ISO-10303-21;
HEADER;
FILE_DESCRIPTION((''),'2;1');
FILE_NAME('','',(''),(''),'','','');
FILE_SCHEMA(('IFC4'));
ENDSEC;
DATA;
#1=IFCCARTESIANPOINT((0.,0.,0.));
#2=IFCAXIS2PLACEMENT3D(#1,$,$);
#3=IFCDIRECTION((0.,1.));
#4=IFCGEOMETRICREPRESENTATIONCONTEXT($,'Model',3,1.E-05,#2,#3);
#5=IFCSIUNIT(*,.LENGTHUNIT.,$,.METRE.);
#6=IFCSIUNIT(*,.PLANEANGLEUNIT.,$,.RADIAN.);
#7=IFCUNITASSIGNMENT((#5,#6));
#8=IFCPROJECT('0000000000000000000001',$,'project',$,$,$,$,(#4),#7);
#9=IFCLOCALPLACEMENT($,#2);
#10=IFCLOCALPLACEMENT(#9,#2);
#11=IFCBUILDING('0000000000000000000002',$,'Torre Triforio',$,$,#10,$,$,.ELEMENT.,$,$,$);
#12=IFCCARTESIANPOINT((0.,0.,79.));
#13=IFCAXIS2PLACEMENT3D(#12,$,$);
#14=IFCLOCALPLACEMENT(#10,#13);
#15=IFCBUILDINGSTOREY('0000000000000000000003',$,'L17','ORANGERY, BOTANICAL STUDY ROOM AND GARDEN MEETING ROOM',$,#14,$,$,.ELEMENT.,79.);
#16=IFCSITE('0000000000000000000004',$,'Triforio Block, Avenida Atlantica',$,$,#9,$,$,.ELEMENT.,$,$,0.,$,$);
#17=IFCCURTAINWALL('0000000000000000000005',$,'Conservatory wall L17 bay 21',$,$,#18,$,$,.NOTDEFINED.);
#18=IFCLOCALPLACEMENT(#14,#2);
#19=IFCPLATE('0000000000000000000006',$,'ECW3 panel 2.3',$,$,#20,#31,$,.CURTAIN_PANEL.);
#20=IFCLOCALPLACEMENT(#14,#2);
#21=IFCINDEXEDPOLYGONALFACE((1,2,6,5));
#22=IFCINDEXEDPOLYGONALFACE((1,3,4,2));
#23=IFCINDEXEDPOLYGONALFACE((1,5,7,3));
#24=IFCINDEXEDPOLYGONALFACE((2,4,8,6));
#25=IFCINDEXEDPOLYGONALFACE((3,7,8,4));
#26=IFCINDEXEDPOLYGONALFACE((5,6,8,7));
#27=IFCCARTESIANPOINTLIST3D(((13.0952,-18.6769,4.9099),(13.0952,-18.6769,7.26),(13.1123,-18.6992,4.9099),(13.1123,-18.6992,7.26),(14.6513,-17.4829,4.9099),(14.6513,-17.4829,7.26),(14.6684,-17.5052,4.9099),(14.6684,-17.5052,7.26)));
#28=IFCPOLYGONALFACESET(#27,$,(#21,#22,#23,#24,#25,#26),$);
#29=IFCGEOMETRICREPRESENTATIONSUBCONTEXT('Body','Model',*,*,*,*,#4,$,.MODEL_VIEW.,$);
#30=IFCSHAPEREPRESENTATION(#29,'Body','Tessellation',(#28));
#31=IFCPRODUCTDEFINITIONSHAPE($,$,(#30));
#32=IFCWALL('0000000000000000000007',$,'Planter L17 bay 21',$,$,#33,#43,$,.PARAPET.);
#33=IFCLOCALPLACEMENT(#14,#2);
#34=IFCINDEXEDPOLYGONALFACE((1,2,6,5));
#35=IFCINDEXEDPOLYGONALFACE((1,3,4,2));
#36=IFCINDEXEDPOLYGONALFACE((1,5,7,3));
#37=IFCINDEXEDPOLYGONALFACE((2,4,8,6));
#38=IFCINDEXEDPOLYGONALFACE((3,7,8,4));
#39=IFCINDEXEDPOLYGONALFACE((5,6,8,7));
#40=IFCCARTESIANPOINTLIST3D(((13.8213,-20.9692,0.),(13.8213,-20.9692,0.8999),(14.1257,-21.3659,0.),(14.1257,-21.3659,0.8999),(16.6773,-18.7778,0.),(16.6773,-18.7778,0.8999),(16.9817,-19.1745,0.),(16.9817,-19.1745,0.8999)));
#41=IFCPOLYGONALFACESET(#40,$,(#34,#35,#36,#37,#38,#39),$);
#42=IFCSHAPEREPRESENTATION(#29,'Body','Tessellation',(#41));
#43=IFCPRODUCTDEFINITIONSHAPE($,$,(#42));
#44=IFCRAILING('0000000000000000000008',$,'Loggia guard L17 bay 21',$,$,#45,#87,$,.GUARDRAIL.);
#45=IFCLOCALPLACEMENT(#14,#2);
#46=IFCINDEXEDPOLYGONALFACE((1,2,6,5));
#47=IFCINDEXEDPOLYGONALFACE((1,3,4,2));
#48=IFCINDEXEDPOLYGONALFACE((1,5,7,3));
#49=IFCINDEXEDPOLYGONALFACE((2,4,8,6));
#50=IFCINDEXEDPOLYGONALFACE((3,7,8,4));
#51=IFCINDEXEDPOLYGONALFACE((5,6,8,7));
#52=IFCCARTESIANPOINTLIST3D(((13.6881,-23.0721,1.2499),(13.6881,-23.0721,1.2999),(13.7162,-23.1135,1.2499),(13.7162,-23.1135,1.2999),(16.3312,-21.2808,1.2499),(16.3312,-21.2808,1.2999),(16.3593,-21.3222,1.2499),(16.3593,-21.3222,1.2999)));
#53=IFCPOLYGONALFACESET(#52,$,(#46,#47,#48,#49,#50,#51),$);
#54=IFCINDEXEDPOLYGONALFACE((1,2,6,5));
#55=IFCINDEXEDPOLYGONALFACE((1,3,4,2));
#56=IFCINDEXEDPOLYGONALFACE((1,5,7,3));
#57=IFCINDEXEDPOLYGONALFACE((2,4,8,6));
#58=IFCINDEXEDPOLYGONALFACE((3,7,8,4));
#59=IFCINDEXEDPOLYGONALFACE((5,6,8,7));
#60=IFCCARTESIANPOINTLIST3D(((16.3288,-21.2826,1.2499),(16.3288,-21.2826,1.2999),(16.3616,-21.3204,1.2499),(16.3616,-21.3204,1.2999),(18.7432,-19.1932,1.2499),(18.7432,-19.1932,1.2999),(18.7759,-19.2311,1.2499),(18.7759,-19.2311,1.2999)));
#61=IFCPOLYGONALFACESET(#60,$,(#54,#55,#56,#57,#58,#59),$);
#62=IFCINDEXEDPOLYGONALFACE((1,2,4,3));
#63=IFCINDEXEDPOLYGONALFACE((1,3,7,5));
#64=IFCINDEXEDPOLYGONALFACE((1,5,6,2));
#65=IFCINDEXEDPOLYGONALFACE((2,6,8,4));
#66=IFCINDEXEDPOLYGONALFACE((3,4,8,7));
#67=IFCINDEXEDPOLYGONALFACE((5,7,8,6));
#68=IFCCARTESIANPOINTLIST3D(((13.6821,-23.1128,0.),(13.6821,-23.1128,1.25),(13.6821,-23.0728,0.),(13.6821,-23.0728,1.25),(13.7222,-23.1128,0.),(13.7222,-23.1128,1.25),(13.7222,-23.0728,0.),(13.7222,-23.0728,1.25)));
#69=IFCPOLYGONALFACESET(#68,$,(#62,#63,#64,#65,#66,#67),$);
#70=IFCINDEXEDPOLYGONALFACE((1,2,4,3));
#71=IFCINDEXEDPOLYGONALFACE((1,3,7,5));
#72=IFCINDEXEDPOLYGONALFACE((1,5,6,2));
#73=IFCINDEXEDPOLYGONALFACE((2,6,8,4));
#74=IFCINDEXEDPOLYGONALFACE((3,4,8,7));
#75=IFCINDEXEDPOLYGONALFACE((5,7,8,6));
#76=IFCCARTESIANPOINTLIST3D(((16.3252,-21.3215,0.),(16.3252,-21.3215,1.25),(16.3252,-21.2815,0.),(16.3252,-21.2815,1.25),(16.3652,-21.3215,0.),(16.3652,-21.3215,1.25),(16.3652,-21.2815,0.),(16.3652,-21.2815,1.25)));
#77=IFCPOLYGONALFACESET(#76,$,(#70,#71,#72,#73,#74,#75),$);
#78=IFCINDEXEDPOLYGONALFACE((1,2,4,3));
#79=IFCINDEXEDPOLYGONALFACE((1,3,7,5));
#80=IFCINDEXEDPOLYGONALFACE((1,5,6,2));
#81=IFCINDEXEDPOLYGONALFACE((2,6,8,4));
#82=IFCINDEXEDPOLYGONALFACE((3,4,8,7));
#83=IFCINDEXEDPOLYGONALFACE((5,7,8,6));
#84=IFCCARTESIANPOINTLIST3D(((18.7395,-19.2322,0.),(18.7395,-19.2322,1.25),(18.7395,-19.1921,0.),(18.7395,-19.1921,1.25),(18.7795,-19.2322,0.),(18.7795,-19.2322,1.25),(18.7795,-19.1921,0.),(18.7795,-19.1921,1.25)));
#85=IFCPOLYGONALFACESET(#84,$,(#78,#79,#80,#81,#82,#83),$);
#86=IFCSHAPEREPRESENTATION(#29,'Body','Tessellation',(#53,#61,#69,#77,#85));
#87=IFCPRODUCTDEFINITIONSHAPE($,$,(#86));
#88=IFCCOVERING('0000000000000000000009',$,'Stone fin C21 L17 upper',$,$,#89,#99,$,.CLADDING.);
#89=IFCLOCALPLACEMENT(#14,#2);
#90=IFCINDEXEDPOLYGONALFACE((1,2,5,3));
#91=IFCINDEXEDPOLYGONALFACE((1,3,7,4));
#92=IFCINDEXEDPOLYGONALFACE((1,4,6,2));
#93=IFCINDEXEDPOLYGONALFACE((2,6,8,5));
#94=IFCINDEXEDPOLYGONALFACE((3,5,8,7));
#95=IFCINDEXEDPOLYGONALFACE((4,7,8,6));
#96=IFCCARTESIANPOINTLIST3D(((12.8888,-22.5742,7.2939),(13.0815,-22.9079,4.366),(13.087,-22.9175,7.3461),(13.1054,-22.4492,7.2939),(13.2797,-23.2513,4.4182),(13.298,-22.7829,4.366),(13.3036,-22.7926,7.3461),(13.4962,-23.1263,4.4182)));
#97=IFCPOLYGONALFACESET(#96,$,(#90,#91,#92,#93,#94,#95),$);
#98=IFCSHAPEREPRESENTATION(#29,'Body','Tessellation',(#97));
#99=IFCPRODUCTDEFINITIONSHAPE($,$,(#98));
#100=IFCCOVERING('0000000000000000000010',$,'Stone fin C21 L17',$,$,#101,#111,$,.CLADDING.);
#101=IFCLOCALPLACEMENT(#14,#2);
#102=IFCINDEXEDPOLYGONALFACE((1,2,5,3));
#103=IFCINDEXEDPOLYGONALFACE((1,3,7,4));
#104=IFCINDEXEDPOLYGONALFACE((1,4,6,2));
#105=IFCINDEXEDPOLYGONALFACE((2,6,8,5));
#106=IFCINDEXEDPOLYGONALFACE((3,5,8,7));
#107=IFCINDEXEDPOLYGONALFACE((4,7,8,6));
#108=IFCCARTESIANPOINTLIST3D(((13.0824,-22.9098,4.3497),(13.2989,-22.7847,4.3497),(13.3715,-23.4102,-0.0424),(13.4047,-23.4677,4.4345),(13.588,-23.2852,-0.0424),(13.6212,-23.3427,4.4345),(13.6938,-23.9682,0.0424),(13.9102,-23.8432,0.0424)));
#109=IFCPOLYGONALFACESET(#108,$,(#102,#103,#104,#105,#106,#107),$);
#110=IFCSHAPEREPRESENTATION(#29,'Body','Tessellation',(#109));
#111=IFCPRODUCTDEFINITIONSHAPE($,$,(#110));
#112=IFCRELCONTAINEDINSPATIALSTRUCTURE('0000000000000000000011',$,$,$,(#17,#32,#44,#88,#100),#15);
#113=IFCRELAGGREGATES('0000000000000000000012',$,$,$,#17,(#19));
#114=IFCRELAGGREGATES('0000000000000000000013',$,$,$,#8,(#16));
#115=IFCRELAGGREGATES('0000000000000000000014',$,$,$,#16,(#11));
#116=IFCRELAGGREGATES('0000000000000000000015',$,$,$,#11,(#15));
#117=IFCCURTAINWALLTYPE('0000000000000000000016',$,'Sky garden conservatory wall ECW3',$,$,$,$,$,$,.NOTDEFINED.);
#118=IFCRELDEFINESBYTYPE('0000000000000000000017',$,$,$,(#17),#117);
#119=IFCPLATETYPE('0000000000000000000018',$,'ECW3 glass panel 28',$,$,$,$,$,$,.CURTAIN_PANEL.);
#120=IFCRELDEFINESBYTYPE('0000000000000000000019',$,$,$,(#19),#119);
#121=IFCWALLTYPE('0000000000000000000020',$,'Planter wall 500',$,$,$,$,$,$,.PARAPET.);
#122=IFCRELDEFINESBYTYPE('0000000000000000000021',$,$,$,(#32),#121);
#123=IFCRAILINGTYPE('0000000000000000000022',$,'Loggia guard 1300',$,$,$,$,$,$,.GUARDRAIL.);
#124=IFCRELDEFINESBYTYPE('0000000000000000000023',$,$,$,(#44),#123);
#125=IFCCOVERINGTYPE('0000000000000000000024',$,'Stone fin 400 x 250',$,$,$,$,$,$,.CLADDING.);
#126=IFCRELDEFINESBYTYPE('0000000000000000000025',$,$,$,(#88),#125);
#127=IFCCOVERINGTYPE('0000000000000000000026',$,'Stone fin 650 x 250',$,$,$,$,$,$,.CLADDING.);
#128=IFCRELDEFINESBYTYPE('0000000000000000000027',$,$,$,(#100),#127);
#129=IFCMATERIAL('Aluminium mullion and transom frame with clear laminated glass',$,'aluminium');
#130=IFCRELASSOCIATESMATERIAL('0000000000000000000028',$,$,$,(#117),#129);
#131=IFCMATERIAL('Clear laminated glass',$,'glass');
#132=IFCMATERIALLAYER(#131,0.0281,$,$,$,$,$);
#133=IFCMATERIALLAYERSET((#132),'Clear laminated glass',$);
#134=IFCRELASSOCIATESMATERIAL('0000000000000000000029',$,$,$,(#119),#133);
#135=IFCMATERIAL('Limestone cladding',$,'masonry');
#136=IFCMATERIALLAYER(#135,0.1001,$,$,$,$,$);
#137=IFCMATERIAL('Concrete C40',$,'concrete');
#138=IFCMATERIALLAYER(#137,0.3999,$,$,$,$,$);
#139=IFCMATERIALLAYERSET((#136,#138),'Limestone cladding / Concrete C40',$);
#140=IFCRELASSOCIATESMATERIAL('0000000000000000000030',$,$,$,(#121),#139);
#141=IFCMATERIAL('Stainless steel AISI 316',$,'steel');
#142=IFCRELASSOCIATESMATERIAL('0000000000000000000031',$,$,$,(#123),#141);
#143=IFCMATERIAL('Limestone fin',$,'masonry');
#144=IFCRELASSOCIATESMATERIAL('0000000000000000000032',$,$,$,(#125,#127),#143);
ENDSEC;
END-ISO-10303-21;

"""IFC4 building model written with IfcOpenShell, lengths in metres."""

from ifc_helpers import new_model, si_unit, direction, frame, frame_2d, origin, origin_2d, place, context, subcontext, project, spatial, rectangle, extrude, material, layer, layer_set, material_profile, profile_set, type_object, element, aggregate, save


model = new_model("IFC4")

# Units and contexts
model_context = context("Model", 3, precision=1e-05, world=origin(), true_north=direction((0.0, 1.0)))
body_context = subcontext(model_context, "Body", "Model", "MODEL_VIEW")
ifc_project = project(units=[si_unit("LENGTHUNIT", "METRE"), si_unit("PLANEANGLEUNIT", "RADIAN")], contexts=[model_context])

# Site, building, storey
site_placement = place(None, origin())
site = spatial("IfcSite", under=ifc_project, at=site_placement, Name="Triforio Block, Avenida Atlantica", CompositionType="ELEMENT", RefElevation=0.0)
building_placement = place(site_placement, origin())
building = spatial("IfcBuilding", under=site, at=building_placement, Name="Torre Triforio", CompositionType="ELEMENT")
storey_placement = place(building_placement, frame((0.0, 0.0, 79.0)))
storey = spatial("IfcBuildingStorey", under=building, at=storey_placement, Name="L17", Description="ORANGERY, BOTANICAL STUDY ROOM AND GARDEN MEETING ROOM", CompositionType="ELEMENT", Elevation=79.0)

# Curtain wall
ifc_material_1 = material(Name="Aluminium mullion and transom frame with clear laminated glass", Category="aluminium")
curtain_wall_type = type_object("IfcCurtainWallType", Name="Sky garden conservatory wall ECW3", PredefinedType="NOTDEFINED", material=ifc_material_1)
curtain_wall_placement = place(storey_placement, origin())
curtain_wall = element("IfcCurtainWall", 1, at=curtain_wall_placement, inside=storey, type_object=curtain_wall_type, Name="Conservatory wall L17 bay 21", PredefinedType="NOTDEFINED")

# Plate
ifc_material_2 = material(Name="Clear laminated glass", Category="glass")
ifc_layer_1 = layer(ifc_material_2, 0.0281)
ifc_layer_set_1 = layer_set([ifc_layer_1], Name="Clear laminated glass")
plate_type = type_object("IfcPlateType", Name="ECW3 glass panel 28", PredefinedType="CURTAIN_PANEL", material=ifc_layer_set_1)
plate_1_placement = place(storey_placement, frame((13.8818, -18.0911, 4.9099), z_axis=(0.0, 0.0, 1.0), x_axis=(0.79336, 0.608752, 0.0)))
plate_1 = element("IfcPlate", 2, at=plate_1_placement, type_object=plate_type, Name="ECW3 panel 2.3", PredefinedType="CURTAIN_PANEL", context=body_context, shape_type="SweptSolid", body=[
    extrude(rectangle(XDim=1.9614, YDim=0.0281, at=origin_2d()), origin(), (0.0, 0.0, 1.0), 2.3501),
])
aggregate(curtain_wall, [plate_1])

# Wall
ifc_material_3 = material(Name="Limestone cladding", Category="masonry")
ifc_layer_2 = layer(ifc_material_3, 0.1001)
ifc_material_4 = material(Name="Concrete C40", Category="concrete")
ifc_layer_3 = layer(ifc_material_4, 0.3999)
ifc_layer_set_2 = layer_set([ifc_layer_2, ifc_layer_3], Name="Limestone cladding / Concrete C40")
wall_type = type_object("IfcWallType", Name="Planter wall 500", PredefinedType="PARAPET", material=ifc_layer_set_2)
wall_placement = place(storey_placement, frame((13.9736, -21.1675, 0.0), z_axis=(0.0, 0.0, 1.0), x_axis=(0.79336, 0.608753, 0.0)))
element("IfcWall", 3, at=wall_placement, inside=storey, type_object=wall_type, Name="Planter L17 bay 21", PredefinedType="PARAPET", context=body_context, shape_type="SweptSolid", body=[
    extrude(rectangle(XDim=3.5999, YDim=0.5, at=frame_2d((1.7998, 0.0))), origin(), (0.0, 0.0, 1.0), 0.8999),
])

# Railing
ifc_material_5 = material(Name="Stainless steel AISI 316", Category="steel")
railing_type = type_object("IfcRailingType", Name="Loggia guard 1300", PredefinedType="GUARDRAIL", material=ifc_material_5)
railing_placement = place(storey_placement, frame((13.7021, -23.0928, 0.0)))
element("IfcRailing", 4, at=railing_placement, inside=storey, type_object=railing_type, Name="Loggia guard L17 bay 21", PredefinedType="GUARDRAIL", context=body_context, shape_type="SweptSolid", body=[
    extrude(rectangle(XDim=0.05, YDim=0.05, at=origin_2d()), frame((0.0, 0.0, 1.2749), z_axis=(0.827803, 0.561019, 0.0), x_axis=(-0.561019, 0.827803, 0.0)), (0.0, 0.0, 1.0), 3.1929),
    extrude(rectangle(XDim=0.05, YDim=0.05, at=origin_2d()), frame((2.6431, 1.7913, 1.2749), z_axis=(0.756161, 0.654386, 0.0), x_axis=(-0.654386, 0.756161, 0.0)), (0.0, 0.0, 1.0), 3.1929),
    extrude(rectangle(XDim=0.04, YDim=0.04, at=origin_2d()), origin(), (0.0, 0.0, 1.0), 1.25),
    extrude(rectangle(XDim=0.04, YDim=0.04, at=origin_2d()), frame((2.6431, 1.7913, 0.0)), (0.0, 0.0, 1.0), 1.25),
    extrude(rectangle(XDim=0.04, YDim=0.04, at=origin_2d()), frame((5.0574, 3.8806, 0.0)), (0.0, 0.0, 1.0), 1.25),
])

# Coverings
ifc_material_6 = material(Name="Limestone fin", Category="masonry")
ifc_material_profile_1 = material_profile(ifc_material_6, rectangle(XDim=0.3999, YDim=0.25, at=origin_2d()), Name="FIN 400x250")
ifc_profile_set_1 = profile_set([ifc_material_profile_1], Name="Limestone fin")
covering_type_1 = type_object("IfcCoveringType", Name="Stone fin 400 x 250", PredefinedType="CLADDING", material=ifc_profile_set_1)
covering_1_placement = place(storey_placement, frame((13.2888, -23.0171, 4.3921), z_axis=(-0.065226, 0.113009, 0.991451), x_axis=(0.495613, -0.858686, 0.130481)))
element("IfcCovering", 5, at=covering_1_placement, inside=storey, type_object=covering_type_1, Name="Stone fin C21 L17 upper", PredefinedType="CLADDING", context=body_context, shape_type="SweptSolid", body=[
    extrude(rectangle(XDim=0.3999, YDim=0.25, at=origin_2d()), origin(), (0.0, 0.0, 1.0), 2.9531),
])
ifc_material_profile_2 = material_profile(ifc_material_6, rectangle(XDim=0.6499, YDim=0.25, at=origin_2d()), Name="FIN 650x250")
ifc_profile_set_2 = profile_set([ifc_material_profile_2], Name="Limestone fin")
covering_type_2 = type_object("IfcCoveringType", Name="Stone fin 650 x 250", PredefinedType="CLADDING", material=ifc_profile_set_2)
covering_2_placement = place(storey_placement, frame((13.6409, -23.6267, 0.0), z_axis=(-0.065252, 0.112978, 0.991453), x_axis=(0.495862, -0.858545, 0.130468)))
element("IfcCovering", 6, at=covering_2_placement, inside=storey, type_object=covering_type_2, Name="Stone fin C21 L17", PredefinedType="CLADDING", context=body_context, shape_type="SweptSolid", body=[
    extrude(rectangle(XDim=0.6499, YDim=0.25, at=origin_2d()), origin(), (0.0, 0.0, 1.0), 4.4299),
])

save(model, "model.ifc")
